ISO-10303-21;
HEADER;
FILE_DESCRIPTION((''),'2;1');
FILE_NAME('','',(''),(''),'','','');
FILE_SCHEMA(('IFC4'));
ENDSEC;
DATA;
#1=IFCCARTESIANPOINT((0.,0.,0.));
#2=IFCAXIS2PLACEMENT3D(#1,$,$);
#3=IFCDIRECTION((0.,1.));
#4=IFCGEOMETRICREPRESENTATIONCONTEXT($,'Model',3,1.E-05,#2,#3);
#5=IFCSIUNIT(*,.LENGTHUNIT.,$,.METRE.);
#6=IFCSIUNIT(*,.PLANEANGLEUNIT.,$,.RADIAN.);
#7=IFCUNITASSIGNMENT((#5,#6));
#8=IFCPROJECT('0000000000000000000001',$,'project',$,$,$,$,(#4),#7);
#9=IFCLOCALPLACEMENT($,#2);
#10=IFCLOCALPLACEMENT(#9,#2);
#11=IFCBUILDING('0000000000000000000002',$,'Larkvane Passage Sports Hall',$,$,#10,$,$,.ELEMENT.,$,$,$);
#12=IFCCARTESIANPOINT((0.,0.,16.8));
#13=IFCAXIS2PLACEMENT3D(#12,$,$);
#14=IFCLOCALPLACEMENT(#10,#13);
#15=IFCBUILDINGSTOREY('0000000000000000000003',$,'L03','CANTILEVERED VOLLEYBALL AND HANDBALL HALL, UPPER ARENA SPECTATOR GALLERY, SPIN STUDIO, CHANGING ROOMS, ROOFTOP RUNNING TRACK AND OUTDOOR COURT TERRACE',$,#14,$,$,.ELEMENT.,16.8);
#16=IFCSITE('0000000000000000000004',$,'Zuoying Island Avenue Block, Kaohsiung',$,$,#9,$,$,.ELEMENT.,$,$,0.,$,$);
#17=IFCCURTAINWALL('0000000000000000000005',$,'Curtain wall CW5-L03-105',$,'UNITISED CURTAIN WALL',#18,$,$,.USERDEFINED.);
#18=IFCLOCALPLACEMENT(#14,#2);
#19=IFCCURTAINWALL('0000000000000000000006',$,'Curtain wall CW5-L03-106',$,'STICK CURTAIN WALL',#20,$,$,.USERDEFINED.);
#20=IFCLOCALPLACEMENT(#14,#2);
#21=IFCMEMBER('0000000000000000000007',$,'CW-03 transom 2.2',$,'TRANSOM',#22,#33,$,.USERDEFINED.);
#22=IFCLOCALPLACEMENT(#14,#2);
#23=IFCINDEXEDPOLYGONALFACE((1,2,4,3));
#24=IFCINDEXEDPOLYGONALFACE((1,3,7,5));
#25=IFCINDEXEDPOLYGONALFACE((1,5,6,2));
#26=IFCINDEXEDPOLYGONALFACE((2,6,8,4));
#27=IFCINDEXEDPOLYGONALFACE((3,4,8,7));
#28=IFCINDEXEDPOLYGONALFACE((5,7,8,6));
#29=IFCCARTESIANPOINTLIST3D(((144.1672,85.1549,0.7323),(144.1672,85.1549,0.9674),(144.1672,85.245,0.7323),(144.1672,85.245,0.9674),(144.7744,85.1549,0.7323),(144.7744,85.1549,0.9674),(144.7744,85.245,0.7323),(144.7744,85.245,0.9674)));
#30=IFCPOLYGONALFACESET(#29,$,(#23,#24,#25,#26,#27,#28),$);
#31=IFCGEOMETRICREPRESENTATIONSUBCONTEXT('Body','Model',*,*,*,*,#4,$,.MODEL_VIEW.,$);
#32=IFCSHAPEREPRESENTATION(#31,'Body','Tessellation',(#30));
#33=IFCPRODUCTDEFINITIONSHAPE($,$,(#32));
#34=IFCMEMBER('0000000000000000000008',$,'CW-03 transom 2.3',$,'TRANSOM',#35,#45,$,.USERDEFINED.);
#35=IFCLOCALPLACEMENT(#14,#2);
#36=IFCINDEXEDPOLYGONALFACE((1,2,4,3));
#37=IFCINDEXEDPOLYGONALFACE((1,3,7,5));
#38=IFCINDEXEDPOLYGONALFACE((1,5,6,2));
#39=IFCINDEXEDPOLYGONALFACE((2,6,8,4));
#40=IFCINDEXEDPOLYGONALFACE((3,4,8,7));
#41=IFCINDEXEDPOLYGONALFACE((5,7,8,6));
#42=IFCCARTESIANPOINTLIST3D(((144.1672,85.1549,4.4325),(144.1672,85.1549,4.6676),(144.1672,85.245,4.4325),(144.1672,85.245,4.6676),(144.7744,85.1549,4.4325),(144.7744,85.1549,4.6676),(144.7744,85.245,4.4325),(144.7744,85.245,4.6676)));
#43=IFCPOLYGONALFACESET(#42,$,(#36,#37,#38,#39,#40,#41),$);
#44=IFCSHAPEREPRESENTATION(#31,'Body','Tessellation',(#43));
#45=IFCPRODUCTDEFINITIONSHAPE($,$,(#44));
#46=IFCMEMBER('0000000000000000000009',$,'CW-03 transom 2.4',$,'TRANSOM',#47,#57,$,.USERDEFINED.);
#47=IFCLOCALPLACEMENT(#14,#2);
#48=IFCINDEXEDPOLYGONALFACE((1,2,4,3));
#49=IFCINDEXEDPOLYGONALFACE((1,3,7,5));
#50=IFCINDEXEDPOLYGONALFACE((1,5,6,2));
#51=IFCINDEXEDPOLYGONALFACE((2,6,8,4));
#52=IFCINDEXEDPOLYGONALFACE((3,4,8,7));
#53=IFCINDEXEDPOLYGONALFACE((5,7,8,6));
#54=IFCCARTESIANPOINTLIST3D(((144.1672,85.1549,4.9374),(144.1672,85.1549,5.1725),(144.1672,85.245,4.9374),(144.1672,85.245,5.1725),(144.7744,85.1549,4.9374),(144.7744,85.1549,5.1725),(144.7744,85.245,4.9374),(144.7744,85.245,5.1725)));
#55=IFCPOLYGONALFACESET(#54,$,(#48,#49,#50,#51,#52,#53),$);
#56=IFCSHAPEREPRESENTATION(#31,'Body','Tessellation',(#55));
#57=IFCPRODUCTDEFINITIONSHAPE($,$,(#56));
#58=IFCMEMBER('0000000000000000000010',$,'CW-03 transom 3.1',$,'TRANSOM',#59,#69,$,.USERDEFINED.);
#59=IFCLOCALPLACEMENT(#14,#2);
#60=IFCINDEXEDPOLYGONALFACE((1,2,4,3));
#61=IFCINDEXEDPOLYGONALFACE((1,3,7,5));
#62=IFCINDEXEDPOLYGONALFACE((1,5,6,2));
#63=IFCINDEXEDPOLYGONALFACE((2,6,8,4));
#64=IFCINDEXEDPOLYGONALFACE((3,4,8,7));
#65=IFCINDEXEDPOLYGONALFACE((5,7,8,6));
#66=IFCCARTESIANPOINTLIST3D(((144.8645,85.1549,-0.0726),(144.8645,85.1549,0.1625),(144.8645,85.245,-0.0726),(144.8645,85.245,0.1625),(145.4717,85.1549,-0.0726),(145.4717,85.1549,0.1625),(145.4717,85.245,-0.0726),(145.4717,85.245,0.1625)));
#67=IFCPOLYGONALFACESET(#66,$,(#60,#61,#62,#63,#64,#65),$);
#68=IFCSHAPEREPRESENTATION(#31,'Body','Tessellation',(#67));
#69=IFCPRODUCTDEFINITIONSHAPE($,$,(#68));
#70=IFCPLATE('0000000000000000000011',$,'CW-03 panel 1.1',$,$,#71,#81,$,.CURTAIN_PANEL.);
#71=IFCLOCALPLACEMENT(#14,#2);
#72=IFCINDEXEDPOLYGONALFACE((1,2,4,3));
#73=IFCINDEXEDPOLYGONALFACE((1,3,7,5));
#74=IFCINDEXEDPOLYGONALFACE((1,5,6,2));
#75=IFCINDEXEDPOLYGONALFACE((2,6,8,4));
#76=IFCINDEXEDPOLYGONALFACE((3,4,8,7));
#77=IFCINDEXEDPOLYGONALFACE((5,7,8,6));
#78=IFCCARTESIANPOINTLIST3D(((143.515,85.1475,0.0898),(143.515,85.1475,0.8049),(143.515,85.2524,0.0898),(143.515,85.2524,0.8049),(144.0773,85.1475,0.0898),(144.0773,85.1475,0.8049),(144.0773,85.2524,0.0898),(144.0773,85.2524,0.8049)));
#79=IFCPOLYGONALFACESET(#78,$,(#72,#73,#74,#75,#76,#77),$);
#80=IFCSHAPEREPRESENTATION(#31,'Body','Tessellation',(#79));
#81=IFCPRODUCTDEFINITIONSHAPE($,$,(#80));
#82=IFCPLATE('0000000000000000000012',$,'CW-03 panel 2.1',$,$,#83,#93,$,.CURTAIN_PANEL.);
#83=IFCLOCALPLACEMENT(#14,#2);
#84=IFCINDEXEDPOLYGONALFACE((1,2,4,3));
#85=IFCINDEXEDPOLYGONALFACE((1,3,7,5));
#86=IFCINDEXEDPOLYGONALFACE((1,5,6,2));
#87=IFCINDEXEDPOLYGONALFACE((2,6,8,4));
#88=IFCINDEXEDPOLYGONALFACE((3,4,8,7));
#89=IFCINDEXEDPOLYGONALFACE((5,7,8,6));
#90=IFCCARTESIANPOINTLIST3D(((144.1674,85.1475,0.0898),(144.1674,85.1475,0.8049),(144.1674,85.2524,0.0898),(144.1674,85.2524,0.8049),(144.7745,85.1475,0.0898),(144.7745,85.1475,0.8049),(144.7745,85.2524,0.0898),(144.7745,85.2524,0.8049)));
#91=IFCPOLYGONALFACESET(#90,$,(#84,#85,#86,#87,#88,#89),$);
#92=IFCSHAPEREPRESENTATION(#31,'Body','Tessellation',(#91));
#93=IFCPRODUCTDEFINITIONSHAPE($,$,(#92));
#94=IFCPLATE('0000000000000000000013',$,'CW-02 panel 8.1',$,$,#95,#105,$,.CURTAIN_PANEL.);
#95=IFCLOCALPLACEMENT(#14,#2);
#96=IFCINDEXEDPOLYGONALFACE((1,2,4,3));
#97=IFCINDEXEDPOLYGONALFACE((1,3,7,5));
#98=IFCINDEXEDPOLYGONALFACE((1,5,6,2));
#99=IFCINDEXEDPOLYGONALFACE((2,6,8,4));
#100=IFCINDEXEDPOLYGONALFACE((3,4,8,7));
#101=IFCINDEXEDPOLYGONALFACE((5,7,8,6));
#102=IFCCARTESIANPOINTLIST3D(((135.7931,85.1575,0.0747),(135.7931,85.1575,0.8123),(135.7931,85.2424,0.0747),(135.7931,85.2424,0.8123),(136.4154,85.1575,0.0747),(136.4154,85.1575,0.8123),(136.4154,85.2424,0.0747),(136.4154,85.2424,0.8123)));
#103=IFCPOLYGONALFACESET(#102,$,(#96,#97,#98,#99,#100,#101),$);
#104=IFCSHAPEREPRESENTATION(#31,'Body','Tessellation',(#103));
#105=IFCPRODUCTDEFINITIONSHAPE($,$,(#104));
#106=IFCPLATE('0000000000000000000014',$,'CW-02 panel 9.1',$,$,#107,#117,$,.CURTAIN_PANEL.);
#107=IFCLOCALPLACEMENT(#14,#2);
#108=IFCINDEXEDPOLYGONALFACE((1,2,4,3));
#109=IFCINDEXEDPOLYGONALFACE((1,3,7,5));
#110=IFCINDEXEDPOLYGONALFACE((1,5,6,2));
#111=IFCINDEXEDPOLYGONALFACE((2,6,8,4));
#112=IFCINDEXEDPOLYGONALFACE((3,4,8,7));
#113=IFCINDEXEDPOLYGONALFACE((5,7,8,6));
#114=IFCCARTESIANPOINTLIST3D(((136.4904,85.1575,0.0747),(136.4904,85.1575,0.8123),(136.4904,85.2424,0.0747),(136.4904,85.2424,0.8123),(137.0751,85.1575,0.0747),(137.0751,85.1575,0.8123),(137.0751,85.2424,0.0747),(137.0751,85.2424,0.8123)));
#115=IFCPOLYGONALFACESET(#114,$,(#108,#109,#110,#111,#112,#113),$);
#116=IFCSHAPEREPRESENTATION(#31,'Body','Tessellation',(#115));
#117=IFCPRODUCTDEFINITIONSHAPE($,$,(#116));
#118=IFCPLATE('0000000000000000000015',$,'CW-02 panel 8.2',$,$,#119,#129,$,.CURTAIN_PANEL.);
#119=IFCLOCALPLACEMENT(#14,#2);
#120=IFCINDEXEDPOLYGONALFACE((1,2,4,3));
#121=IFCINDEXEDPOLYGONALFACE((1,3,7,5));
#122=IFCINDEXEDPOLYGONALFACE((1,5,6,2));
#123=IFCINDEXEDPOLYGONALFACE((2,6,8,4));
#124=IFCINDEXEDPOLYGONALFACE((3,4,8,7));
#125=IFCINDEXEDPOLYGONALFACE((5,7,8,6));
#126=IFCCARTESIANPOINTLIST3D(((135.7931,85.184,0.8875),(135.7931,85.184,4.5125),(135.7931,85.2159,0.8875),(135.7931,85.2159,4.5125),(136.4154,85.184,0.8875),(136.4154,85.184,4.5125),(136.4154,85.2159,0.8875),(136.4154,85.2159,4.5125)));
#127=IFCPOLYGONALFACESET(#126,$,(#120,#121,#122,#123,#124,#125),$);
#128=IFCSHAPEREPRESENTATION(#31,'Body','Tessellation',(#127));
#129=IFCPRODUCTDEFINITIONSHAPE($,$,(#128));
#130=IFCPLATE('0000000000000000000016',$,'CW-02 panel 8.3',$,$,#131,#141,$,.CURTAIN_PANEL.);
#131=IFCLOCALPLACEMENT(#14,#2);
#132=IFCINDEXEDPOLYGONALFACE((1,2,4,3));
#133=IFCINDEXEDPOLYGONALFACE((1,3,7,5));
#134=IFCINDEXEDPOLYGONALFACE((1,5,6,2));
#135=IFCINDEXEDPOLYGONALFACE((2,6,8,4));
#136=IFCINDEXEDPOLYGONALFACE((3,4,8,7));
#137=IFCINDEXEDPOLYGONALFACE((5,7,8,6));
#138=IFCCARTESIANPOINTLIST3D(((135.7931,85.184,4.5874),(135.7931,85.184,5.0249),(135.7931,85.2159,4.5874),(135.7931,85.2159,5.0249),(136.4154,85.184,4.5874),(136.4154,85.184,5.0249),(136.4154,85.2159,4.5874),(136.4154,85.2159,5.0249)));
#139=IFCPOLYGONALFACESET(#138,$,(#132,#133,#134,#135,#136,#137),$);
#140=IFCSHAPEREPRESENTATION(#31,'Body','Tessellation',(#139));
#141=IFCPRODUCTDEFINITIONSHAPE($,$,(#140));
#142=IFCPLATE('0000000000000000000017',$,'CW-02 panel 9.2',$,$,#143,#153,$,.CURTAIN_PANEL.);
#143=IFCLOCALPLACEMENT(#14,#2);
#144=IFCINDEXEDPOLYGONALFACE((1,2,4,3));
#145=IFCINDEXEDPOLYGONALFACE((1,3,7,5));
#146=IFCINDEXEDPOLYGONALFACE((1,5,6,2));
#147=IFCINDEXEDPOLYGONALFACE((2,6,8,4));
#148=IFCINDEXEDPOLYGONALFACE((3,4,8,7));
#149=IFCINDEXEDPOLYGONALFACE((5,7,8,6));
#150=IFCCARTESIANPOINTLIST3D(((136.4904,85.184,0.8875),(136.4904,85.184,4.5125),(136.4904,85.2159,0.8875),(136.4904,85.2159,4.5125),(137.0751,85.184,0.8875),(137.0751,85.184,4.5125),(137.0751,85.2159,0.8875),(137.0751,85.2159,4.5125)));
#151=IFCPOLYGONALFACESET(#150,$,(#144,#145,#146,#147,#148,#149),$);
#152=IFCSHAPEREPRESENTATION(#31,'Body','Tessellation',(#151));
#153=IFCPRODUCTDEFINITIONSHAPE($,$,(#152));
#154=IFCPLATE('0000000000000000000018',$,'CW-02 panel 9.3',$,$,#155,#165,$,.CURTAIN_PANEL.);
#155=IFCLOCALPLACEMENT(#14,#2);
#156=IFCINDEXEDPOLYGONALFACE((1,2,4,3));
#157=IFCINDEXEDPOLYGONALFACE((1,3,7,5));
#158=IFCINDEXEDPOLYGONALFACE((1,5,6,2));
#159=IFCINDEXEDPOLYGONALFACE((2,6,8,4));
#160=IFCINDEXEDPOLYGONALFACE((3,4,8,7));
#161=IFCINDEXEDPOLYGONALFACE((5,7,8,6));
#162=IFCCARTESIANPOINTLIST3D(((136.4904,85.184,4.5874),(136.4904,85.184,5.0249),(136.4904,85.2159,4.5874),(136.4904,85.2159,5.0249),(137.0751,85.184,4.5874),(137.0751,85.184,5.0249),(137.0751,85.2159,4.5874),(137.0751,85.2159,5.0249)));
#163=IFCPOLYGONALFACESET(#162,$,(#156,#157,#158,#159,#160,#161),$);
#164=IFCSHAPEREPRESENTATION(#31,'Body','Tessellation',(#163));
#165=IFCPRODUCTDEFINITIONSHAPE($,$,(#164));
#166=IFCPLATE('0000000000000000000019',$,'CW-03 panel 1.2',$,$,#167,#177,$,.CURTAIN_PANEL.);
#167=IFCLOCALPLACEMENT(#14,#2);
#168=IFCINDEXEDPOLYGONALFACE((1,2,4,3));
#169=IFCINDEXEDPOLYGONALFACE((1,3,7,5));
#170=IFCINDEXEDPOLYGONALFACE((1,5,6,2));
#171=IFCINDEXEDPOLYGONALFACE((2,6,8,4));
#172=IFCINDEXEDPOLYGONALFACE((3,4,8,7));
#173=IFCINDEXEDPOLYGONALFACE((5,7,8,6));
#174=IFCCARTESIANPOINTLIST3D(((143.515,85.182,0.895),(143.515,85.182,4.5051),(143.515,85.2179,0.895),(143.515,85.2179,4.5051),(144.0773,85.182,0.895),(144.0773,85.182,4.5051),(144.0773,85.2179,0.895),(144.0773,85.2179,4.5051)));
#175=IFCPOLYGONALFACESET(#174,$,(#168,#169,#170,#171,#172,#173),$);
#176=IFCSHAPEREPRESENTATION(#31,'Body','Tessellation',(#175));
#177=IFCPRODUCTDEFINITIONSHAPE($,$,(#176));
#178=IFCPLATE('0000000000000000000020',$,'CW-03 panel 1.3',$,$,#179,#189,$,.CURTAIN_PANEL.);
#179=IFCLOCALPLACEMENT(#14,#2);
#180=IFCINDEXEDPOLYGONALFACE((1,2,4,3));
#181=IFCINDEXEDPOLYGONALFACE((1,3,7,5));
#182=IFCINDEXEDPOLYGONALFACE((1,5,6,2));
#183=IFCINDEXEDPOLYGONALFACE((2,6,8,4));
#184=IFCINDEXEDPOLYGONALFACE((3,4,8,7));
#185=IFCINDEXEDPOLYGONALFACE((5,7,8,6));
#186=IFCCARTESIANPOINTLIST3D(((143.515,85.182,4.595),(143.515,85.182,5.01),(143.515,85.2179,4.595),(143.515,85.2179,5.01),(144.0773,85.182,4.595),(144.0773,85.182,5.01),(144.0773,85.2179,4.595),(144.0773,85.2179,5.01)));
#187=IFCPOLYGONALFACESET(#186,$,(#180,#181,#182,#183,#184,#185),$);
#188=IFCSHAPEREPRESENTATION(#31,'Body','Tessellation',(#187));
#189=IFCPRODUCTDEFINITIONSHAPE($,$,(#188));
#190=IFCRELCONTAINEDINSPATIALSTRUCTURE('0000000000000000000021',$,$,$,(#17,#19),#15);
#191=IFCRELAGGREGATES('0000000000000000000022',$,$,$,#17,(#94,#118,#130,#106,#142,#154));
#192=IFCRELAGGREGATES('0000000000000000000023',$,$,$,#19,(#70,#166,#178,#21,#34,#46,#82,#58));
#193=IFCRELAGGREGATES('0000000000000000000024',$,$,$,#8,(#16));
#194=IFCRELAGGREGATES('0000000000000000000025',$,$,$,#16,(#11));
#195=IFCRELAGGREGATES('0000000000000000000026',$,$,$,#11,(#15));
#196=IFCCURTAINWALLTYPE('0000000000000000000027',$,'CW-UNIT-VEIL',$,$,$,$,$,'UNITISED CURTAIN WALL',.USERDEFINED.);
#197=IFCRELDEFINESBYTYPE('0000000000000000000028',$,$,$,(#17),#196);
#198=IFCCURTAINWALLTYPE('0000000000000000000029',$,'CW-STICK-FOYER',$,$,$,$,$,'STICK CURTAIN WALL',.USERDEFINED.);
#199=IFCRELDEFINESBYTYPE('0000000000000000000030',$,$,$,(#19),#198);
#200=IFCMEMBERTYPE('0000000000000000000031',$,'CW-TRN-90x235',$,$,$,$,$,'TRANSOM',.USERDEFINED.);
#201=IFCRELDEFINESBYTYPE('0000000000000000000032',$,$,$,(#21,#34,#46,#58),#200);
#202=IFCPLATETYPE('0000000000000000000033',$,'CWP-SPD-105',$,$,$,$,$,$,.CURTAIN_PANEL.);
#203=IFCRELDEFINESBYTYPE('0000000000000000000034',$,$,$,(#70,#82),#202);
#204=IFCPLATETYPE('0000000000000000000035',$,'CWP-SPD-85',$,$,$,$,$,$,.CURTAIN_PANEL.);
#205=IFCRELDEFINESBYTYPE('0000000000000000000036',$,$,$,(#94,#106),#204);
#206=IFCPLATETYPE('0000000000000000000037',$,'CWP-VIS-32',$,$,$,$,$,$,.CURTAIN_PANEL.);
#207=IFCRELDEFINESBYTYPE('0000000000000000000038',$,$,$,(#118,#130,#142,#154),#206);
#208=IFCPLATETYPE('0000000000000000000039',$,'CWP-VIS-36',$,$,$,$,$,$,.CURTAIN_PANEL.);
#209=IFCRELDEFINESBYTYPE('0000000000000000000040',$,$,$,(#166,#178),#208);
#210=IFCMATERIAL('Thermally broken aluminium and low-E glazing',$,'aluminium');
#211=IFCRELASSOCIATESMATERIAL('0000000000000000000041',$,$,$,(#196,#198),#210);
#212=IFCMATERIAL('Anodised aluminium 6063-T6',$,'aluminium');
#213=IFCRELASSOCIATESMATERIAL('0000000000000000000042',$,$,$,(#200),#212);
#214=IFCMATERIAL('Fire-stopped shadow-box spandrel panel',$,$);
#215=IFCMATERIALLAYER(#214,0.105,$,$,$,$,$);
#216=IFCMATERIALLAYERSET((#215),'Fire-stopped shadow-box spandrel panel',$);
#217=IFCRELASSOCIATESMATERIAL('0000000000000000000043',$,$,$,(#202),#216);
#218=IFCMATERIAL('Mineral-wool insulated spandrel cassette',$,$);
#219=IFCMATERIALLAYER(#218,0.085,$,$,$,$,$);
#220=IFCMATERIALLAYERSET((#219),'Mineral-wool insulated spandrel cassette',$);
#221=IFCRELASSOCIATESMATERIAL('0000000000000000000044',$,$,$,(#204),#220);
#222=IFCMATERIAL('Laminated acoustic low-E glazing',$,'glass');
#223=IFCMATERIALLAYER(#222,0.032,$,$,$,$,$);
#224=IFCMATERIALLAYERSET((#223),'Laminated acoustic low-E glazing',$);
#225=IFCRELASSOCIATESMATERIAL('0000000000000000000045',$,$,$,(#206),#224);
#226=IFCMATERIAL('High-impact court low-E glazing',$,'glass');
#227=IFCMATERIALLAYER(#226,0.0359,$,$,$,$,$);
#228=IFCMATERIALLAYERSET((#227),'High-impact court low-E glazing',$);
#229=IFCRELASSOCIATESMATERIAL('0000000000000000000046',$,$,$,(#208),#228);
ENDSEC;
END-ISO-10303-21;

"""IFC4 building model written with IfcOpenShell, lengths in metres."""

from ifc_helpers import new_model, si_unit, direction, frame, origin, origin_2d, place, context, subcontext, project, spatial, rectangle, extrude, material, layer, layer_set, material_profile, profile_set, type_object, element, aggregate, save


model = new_model("IFC4")

# Units and contexts
model_context = context("Model", 3, precision=1e-05, world=origin(), true_north=direction((0.0, 1.0)))
body_context = subcontext(model_context, "Body", "Model", "MODEL_VIEW")
ifc_project = project(units=[si_unit("LENGTHUNIT", "METRE"), si_unit("PLANEANGLEUNIT", "RADIAN")], contexts=[model_context])

# Site, building, storey
site_placement = place(None, origin())
site = spatial("IfcSite", under=ifc_project, at=site_placement, Name="Zuoying Island Avenue Block, Kaohsiung", CompositionType="ELEMENT", RefElevation=0.0)
building_placement = place(site_placement, origin())
building = spatial("IfcBuilding", under=site, at=building_placement, Name="Larkvane Passage Sports Hall", CompositionType="ELEMENT")
storey_placement = place(building_placement, frame((0.0, 0.0, 16.8)))
storey = spatial("IfcBuildingStorey", under=building, at=storey_placement, Name="L03", Description="CANTILEVERED VOLLEYBALL AND HANDBALL HALL, UPPER ARENA SPECTATOR GALLERY, SPIN STUDIO, CHANGING ROOMS, ROOFTOP RUNNING TRACK AND OUTDOOR COURT TERRACE", CompositionType="ELEMENT", Elevation=16.8)

# Curtain walls
ifc_material_1 = material(Name="Thermally broken aluminium and low-E glazing", Category="aluminium")
curtain_wall_type_1 = type_object("IfcCurtainWallType", Name="CW-UNIT-VEIL", ElementType="UNITISED CURTAIN WALL", PredefinedType="USERDEFINED", material=ifc_material_1)
curtain_wall_1_placement = place(storey_placement, origin())
curtain_wall_1 = element("IfcCurtainWall", 1, at=curtain_wall_1_placement, inside=storey, type_object=curtain_wall_type_1, Name="Curtain wall CW5-L03-105", ObjectType="UNITISED CURTAIN WALL", PredefinedType="USERDEFINED")
ifc_material_2 = material(Name="Anodised aluminium 6063-T6", Category="aluminium")
curtain_wall_type_2 = type_object("IfcCurtainWallType", Name="CW-STICK-FOYER", ElementType="STICK CURTAIN WALL", PredefinedType="USERDEFINED", material=ifc_material_1)
curtain_wall_2_placement = place(storey_placement, origin())
curtain_wall_2 = element("IfcCurtainWall", 2, at=curtain_wall_2_placement, inside=storey, type_object=curtain_wall_type_2, Name="Curtain wall CW5-L03-106", ObjectType="STICK CURTAIN WALL", PredefinedType="USERDEFINED")

# Members
ifc_material_profile_1 = material_profile(ifc_material_2, rectangle(XDim=0.0901, YDim=0.2351, at=origin_2d()), Name="ALU-TRN-90x235")
ifc_profile_set_1 = profile_set([ifc_material_profile_1], Name="Anodised aluminium 6063-T6")
member_type_1 = type_object("IfcMemberType", Name="CW-TRN-90x235", ElementType="TRANSOM", PredefinedType="USERDEFINED", material=ifc_profile_set_1)
member_1_placement = place(storey_placement, frame((144.1672, 85.2, 0.8499), z_axis=(1.0, 0.0, 0.0), x_axis=(0.0, 1.0, 0.0)))
member_1 = element("IfcMember", 3, at=member_1_placement, type_object=member_type_1, Name="CW-03 transom 2.2", ObjectType="TRANSOM", PredefinedType="USERDEFINED", context=body_context, shape_type="SweptSolid", body=[
    extrude(rectangle(XDim=0.0901, YDim=0.2351, at=origin_2d()), origin(), (0.0, 0.0, 1.0), 0.6072),
])
member_2_placement = place(storey_placement, frame((144.1672, 85.2, 4.55), z_axis=(1.0, 0.0, 0.0), x_axis=(0.0, 1.0, 0.0)))
member_2 = element("IfcMember", 4, at=member_2_placement, type_object=member_type_1, Name="CW-03 transom 2.3", ObjectType="TRANSOM", PredefinedType="USERDEFINED", context=body_context, shape_type="SweptSolid", body=[
    extrude(rectangle(XDim=0.0901, YDim=0.2351, at=origin_2d()), origin(), (0.0, 0.0, 1.0), 0.6072),
])
member_3_placement = place(storey_placement, frame((144.1672, 85.2, 5.0549), z_axis=(1.0, 0.0, 0.0), x_axis=(0.0, 1.0, 0.0)))
member_3 = element("IfcMember", 5, at=member_3_placement, type_object=member_type_1, Name="CW-03 transom 2.4", ObjectType="TRANSOM", PredefinedType="USERDEFINED", context=body_context, shape_type="SweptSolid", body=[
    extrude(rectangle(XDim=0.0901, YDim=0.2351, at=origin_2d()), origin(), (0.0, 0.0, 1.0), 0.6072),
])
member_4_placement = place(storey_placement, frame((144.8645, 85.2, 0.0449), z_axis=(1.0, 0.0, 0.0), x_axis=(0.0, 1.0, 0.0)))
member_4 = element("IfcMember", 6, at=member_4_placement, type_object=member_type_1, Name="CW-03 transom 3.1", ObjectType="TRANSOM", PredefinedType="USERDEFINED", context=body_context, shape_type="SweptSolid", body=[
    extrude(rectangle(XDim=0.0901, YDim=0.2351, at=origin_2d()), origin(), (0.0, 0.0, 1.0), 0.6072),
])

# Plates
ifc_material_3 = material(Name="Fire-stopped shadow-box spandrel panel")
ifc_layer_1 = layer(ifc_material_3, 0.105)
ifc_layer_set_1 = layer_set([ifc_layer_1], Name="Fire-stopped shadow-box spandrel panel")
plate_type_1 = type_object("IfcPlateType", Name="CWP-SPD-105", PredefinedType="CURTAIN_PANEL", material=ifc_layer_set_1)
plate_1_placement = place(storey_placement, frame((143.7961, 85.2, 0.0898), z_axis=(0.0, 0.0, 1.0), x_axis=(1.0, 0.0, 0.0)))
plate_1 = element("IfcPlate", 7, at=plate_1_placement, type_object=plate_type_1, Name="CW-03 panel 1.1", PredefinedType="CURTAIN_PANEL", context=body_context, shape_type="SweptSolid", body=[
    extrude(rectangle(XDim=0.5623, YDim=0.105, at=origin_2d()), origin(), (0.0, 0.0, 1.0), 0.7151),
])
plate_2_placement = place(storey_placement, frame((144.4709, 85.2, 0.0898), z_axis=(0.0, 0.0, 1.0), x_axis=(1.0, 0.0, 0.0)))
plate_2 = element("IfcPlate", 8, at=plate_2_placement, type_object=plate_type_1, Name="CW-03 panel 2.1", PredefinedType="CURTAIN_PANEL", context=body_context, shape_type="SweptSolid", body=[
    extrude(rectangle(XDim=0.6072, YDim=0.105, at=origin_2d()), origin(), (0.0, 0.0, 1.0), 0.7151),
])
ifc_material_4 = material(Name="Mineral-wool insulated spandrel cassette")
ifc_layer_2 = layer(ifc_material_4, 0.085)
ifc_layer_set_2 = layer_set([ifc_layer_2], Name="Mineral-wool insulated spandrel cassette")
plate_type_2 = type_object("IfcPlateType", Name="CWP-SPD-85", PredefinedType="CURTAIN_PANEL", material=ifc_layer_set_2)
plate_3_placement = place(storey_placement, frame((136.1042, 85.2, 0.0747), z_axis=(0.0, 0.0, 1.0), x_axis=(1.0, 0.0, 0.0)))
plate_3 = element("IfcPlate", 9, at=plate_3_placement, type_object=plate_type_2, Name="CW-02 panel 8.1", PredefinedType="CURTAIN_PANEL", context=body_context, shape_type="SweptSolid", body=[
    extrude(rectangle(XDim=0.6223, YDim=0.085, at=origin_2d()), origin(), (0.0, 0.0, 1.0), 0.7375),
])
plate_4_placement = place(storey_placement, frame((136.7827, 85.2, 0.0747), z_axis=(0.0, 0.0, 1.0), x_axis=(1.0, 0.0, 0.0)))
plate_4 = element("IfcPlate", 10, at=plate_4_placement, type_object=plate_type_2, Name="CW-02 panel 9.1", PredefinedType="CURTAIN_PANEL", context=body_context, shape_type="SweptSolid", body=[
    extrude(rectangle(XDim=0.5847, YDim=0.085, at=origin_2d()), origin(), (0.0, 0.0, 1.0), 0.7375),
])
ifc_material_5 = material(Name="Laminated acoustic low-E glazing", Category="glass")
ifc_layer_3 = layer(ifc_material_5, 0.032)
ifc_layer_set_3 = layer_set([ifc_layer_3], Name="Laminated acoustic low-E glazing")
plate_type_3 = type_object("IfcPlateType", Name="CWP-VIS-32", PredefinedType="CURTAIN_PANEL", material=ifc_layer_set_3)
plate_5_placement = place(storey_placement, frame((136.1042, 85.2, 0.8875), z_axis=(0.0, 0.0, 1.0), x_axis=(1.0, 0.0, 0.0)))
plate_5 = element("IfcPlate", 11, at=plate_5_placement, type_object=plate_type_3, Name="CW-02 panel 8.2", PredefinedType="CURTAIN_PANEL", context=body_context, shape_type="SweptSolid", body=[
    extrude(rectangle(XDim=0.6223, YDim=0.032, at=origin_2d()), origin(), (0.0, 0.0, 1.0), 3.625),
])
plate_6_placement = place(storey_placement, frame((136.1042, 85.2, 4.5874), z_axis=(0.0, 0.0, 1.0), x_axis=(1.0, 0.0, 0.0)))
plate_6 = element("IfcPlate", 12, at=plate_6_placement, type_object=plate_type_3, Name="CW-02 panel 8.3", PredefinedType="CURTAIN_PANEL", context=body_context, shape_type="SweptSolid", body=[
    extrude(rectangle(XDim=0.6223, YDim=0.032, at=origin_2d()), origin(), (0.0, 0.0, 1.0), 0.4375),
])
plate_7_placement = place(storey_placement, frame((136.7827, 85.2, 0.8875), z_axis=(0.0, 0.0, 1.0), x_axis=(1.0, 0.0, 0.0)))
plate_7 = element("IfcPlate", 13, at=plate_7_placement, type_object=plate_type_3, Name="CW-02 panel 9.2", PredefinedType="CURTAIN_PANEL", context=body_context, shape_type="SweptSolid", body=[
    extrude(rectangle(XDim=0.5847, YDim=0.032, at=origin_2d()), origin(), (0.0, 0.0, 1.0), 3.625),
])
plate_8_placement = place(storey_placement, frame((136.7827, 85.2, 4.5874), z_axis=(0.0, 0.0, 1.0), x_axis=(1.0, 0.0, 0.0)))
plate_8 = element("IfcPlate", 14, at=plate_8_placement, type_object=plate_type_3, Name="CW-02 panel 9.3", PredefinedType="CURTAIN_PANEL", context=body_context, shape_type="SweptSolid", body=[
    extrude(rectangle(XDim=0.5847, YDim=0.032, at=origin_2d()), origin(), (0.0, 0.0, 1.0), 0.4375),
])
aggregate(curtain_wall_1, [plate_3, plate_5, plate_6, plate_4, plate_7, plate_8])
ifc_material_6 = material(Name="High-impact court low-E glazing", Category="glass")
ifc_layer_4 = layer(ifc_material_6, 0.0359)
ifc_layer_set_4 = layer_set([ifc_layer_4], Name="High-impact court low-E glazing")
plate_type_4 = type_object("IfcPlateType", Name="CWP-VIS-36", PredefinedType="CURTAIN_PANEL", material=ifc_layer_set_4)
plate_9_placement = place(storey_placement, frame((143.7961, 85.2, 0.895), z_axis=(0.0, 0.0, 1.0), x_axis=(1.0, 0.0, 0.0)))
plate_9 = element("IfcPlate", 15, at=plate_9_placement, type_object=plate_type_4, Name="CW-03 panel 1.2", PredefinedType="CURTAIN_PANEL", context=body_context, shape_type="SweptSolid", body=[
    extrude(rectangle(XDim=0.5623, YDim=0.0359, at=origin_2d()), origin(), (0.0, 0.0, 1.0), 3.6101),
])
plate_10_placement = place(storey_placement, frame((143.7961, 85.2, 4.595), z_axis=(0.0, 0.0, 1.0), x_axis=(1.0, 0.0, 0.0)))
plate_10 = element("IfcPlate", 16, at=plate_10_placement, type_object=plate_type_4, Name="CW-03 panel 1.3", PredefinedType="CURTAIN_PANEL", context=body_context, shape_type="SweptSolid", body=[
    extrude(rectangle(XDim=0.5623, YDim=0.0359, at=origin_2d()), origin(), (0.0, 0.0, 1.0), 0.415),
])
aggregate(curtain_wall_2, [plate_1, plate_9, plate_10, member_1, member_2, member_3, plate_2, member_4])

save(model, "model.ifc")
